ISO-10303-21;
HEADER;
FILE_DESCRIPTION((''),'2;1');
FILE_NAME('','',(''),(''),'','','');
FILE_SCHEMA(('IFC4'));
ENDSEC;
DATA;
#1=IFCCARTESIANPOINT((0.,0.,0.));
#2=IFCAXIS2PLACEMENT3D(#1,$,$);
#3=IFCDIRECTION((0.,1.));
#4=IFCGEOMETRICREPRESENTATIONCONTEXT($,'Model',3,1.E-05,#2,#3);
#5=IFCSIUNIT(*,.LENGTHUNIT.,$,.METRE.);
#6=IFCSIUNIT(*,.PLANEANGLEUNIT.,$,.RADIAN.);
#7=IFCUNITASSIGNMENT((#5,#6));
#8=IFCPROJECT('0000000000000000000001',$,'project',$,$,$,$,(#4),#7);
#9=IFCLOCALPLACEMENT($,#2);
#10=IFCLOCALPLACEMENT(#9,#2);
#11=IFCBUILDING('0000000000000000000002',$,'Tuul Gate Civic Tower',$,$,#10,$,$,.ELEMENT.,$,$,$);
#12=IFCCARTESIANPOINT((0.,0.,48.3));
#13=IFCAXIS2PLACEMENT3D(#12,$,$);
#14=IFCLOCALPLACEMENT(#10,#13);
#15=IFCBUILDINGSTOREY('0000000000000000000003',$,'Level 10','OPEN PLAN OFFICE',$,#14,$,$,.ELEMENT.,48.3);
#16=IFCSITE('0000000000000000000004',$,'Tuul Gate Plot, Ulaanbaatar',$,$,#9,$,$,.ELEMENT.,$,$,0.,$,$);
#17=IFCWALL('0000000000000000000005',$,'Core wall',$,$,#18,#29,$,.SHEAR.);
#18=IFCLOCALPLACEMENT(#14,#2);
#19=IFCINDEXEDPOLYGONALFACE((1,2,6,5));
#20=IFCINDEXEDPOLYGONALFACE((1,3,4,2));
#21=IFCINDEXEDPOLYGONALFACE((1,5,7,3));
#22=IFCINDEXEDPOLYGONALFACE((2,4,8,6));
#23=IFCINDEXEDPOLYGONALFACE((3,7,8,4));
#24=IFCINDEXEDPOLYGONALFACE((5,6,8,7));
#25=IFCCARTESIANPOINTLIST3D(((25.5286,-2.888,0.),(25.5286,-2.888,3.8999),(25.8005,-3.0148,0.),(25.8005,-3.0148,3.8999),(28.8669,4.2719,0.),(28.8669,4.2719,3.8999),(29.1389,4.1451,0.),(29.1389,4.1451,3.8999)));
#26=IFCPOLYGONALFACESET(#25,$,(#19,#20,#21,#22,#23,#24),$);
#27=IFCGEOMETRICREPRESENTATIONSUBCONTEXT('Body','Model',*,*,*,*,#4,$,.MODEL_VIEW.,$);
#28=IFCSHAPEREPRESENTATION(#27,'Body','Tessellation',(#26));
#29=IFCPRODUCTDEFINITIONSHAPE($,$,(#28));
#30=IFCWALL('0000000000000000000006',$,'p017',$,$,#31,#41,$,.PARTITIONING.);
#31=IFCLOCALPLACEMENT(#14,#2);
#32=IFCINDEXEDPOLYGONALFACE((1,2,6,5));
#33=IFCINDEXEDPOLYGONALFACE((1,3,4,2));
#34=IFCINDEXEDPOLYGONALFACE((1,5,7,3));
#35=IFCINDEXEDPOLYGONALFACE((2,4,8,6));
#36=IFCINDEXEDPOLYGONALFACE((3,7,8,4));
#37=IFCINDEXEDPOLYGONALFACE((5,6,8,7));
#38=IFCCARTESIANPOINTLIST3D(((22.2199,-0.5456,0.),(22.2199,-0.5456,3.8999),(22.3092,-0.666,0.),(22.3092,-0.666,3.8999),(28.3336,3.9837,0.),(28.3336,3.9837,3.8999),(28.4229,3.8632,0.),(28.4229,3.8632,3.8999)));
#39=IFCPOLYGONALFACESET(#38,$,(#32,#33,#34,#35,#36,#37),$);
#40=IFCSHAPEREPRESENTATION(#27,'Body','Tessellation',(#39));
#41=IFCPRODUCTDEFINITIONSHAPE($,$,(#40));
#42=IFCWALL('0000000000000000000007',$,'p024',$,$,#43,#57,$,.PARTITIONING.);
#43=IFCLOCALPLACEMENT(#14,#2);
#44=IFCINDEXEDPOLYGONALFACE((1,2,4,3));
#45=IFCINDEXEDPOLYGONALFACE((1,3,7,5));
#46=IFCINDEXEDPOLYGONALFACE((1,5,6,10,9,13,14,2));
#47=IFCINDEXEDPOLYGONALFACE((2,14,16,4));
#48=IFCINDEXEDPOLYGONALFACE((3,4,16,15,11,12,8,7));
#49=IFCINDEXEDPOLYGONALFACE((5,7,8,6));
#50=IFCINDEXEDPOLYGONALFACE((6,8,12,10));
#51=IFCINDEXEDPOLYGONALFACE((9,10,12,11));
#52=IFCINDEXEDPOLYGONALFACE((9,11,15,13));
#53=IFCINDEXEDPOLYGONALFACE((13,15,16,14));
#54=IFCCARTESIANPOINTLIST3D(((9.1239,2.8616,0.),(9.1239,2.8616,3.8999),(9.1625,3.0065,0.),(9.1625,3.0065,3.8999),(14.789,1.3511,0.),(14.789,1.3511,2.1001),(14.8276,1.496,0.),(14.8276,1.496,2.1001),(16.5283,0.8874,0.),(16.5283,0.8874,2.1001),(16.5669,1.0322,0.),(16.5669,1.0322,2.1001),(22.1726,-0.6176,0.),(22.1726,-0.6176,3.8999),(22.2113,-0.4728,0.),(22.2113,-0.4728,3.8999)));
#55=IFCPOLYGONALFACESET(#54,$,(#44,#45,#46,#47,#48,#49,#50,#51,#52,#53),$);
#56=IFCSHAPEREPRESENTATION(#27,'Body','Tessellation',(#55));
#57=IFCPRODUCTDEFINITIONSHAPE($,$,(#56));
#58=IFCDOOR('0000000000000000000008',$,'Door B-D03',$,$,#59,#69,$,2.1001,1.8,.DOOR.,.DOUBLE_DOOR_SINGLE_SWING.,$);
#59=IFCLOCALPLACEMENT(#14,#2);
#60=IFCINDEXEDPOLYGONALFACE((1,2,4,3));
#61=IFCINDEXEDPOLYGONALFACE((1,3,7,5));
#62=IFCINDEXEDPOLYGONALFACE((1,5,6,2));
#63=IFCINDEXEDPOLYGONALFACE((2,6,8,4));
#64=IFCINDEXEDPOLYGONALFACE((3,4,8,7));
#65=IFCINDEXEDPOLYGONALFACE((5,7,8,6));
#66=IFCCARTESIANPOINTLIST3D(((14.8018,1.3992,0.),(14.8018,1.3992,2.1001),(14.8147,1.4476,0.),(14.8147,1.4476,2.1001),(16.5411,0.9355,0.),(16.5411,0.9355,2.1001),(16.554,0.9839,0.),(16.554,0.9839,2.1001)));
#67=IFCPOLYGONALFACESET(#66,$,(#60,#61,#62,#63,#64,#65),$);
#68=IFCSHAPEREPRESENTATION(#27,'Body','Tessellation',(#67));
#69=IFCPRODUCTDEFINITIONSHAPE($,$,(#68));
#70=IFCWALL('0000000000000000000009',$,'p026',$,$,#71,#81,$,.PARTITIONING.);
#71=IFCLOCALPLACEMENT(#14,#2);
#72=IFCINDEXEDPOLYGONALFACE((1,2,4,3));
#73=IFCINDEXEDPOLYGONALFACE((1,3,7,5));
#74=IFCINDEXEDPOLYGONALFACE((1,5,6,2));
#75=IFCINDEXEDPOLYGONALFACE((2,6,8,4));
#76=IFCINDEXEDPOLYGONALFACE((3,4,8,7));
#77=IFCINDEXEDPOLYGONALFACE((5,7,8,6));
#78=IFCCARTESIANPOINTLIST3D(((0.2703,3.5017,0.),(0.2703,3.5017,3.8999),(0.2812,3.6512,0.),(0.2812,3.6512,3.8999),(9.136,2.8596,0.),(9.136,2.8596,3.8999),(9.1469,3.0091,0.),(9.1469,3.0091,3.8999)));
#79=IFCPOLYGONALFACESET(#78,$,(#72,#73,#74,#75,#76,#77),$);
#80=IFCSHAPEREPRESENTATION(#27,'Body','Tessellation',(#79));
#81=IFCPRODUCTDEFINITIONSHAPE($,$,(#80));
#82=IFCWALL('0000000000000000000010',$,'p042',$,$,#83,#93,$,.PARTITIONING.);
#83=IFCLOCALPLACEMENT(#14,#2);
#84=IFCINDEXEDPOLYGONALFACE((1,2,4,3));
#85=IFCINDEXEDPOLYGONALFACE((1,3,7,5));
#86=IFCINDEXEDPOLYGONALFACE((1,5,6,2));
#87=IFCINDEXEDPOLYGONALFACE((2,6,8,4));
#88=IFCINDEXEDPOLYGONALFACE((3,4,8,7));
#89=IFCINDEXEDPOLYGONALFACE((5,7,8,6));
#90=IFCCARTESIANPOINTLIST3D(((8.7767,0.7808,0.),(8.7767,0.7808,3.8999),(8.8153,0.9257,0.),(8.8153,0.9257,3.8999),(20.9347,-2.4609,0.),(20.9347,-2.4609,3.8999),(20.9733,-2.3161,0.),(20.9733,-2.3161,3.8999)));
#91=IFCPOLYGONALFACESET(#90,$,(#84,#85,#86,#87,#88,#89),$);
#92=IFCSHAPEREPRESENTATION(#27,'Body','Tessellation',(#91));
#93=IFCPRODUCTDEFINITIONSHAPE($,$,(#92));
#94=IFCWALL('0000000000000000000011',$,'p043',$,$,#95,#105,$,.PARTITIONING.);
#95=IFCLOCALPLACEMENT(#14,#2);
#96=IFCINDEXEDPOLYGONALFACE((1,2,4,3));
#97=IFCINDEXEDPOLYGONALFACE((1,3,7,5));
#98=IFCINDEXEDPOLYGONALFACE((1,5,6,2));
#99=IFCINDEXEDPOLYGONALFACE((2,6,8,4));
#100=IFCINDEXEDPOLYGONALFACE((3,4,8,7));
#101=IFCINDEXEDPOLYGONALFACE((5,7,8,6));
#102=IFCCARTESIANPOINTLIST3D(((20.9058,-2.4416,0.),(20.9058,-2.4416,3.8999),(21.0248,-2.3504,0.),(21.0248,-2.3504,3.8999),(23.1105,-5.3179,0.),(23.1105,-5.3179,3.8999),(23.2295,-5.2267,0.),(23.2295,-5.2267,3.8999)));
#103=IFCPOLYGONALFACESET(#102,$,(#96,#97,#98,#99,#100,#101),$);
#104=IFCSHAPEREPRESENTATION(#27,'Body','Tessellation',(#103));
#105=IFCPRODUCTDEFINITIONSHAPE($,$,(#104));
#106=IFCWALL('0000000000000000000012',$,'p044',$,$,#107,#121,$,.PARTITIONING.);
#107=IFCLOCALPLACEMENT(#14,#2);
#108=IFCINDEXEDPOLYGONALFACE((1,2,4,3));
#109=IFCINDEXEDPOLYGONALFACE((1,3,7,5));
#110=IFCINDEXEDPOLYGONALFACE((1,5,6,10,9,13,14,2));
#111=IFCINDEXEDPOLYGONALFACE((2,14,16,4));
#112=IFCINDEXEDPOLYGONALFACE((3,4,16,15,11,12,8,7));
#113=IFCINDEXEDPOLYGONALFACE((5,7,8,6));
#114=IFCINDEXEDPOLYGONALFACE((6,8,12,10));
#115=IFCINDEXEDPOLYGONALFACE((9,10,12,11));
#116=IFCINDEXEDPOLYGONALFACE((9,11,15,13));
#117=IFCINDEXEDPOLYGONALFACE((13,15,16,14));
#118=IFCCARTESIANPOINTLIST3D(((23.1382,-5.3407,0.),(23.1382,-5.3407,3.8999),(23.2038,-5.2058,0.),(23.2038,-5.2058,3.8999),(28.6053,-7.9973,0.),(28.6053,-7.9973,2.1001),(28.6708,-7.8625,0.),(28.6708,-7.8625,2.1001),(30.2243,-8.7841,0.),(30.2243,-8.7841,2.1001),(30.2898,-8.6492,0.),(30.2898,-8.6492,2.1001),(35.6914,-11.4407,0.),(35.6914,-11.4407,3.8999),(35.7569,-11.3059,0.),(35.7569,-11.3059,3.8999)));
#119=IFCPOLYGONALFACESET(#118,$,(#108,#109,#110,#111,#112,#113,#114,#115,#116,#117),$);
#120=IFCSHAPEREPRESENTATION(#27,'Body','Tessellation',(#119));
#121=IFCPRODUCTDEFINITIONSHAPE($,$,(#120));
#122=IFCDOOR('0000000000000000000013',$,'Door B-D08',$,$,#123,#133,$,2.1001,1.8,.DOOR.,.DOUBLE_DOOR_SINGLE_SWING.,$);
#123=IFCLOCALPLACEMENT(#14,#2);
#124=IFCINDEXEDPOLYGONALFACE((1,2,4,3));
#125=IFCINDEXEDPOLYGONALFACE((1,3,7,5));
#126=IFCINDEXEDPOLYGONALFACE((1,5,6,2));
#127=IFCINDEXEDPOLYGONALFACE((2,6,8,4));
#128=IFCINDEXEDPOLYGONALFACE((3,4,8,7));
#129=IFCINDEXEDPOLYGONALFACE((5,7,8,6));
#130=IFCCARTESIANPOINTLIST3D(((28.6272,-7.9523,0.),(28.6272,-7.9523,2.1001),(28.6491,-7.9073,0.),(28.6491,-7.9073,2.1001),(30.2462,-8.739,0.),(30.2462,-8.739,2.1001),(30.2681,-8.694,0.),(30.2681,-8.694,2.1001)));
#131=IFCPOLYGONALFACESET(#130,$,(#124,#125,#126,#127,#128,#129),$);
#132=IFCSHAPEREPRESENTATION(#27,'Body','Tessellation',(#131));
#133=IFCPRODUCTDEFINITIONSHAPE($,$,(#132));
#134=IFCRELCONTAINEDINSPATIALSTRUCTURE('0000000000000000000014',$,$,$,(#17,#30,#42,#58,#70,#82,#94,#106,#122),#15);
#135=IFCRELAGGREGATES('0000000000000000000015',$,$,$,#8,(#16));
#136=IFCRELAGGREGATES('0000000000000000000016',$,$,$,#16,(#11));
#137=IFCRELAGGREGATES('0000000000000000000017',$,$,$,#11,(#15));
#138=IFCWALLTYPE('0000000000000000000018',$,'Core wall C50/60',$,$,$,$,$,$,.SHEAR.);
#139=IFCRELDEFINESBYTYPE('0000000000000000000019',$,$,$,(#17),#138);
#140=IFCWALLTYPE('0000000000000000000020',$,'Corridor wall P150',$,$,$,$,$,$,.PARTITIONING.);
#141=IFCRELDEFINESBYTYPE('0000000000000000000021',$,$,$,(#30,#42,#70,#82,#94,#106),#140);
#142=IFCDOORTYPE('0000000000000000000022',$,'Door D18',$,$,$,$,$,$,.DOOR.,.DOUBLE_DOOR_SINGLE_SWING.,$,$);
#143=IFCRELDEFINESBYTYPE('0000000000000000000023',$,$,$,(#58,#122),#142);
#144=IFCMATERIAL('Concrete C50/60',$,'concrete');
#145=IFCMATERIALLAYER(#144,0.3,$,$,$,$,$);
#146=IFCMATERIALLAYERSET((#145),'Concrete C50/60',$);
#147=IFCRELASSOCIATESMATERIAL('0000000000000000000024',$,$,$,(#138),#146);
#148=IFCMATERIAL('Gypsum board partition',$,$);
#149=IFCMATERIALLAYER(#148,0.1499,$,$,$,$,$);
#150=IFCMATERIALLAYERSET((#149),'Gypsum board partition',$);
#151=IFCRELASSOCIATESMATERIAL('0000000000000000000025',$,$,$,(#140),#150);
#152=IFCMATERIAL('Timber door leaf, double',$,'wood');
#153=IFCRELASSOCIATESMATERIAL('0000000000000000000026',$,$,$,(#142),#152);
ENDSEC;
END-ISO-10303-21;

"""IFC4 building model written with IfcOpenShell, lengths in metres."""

from ifc_helpers import new_model, si_unit, direction, frame, frame_2d, origin, place, context, subcontext, project, spatial, rectangle, extrude, material, layer, layer_set, type_object, element, fill, save


model = new_model("IFC4")

# Units and contexts
model_context = context("Model", 3, precision=1e-05, world=origin(), true_north=direction((0.0, 1.0)))
body_context = subcontext(model_context, "Body", "Model", "MODEL_VIEW")
ifc_project = project(units=[si_unit("LENGTHUNIT", "METRE"), si_unit("PLANEANGLEUNIT", "RADIAN")], contexts=[model_context])

# Site, building, storey
site_placement = place(None, origin())
site = spatial("IfcSite", under=ifc_project, at=site_placement, Name="Tuul Gate Plot, Ulaanbaatar", CompositionType="ELEMENT", RefElevation=0.0)
building_placement = place(site_placement, origin())
building = spatial("IfcBuilding", under=site, at=building_placement, Name="Tuul Gate Civic Tower", CompositionType="ELEMENT")
storey_placement = place(building_placement, frame((0.0, 0.0, 48.3)))
storey = spatial("IfcBuildingStorey", under=building, at=storey_placement, Name="Level 10", Description="OPEN PLAN OFFICE", CompositionType="ELEMENT", Elevation=48.3)

# Walls
ifc_material_1 = material(Name="Concrete C50/60", Category="concrete")
ifc_layer_1 = layer(ifc_material_1, 0.3)
ifc_layer_set_1 = layer_set([ifc_layer_1], Name="Concrete C50/60")
wall_type_1 = type_object("IfcWallType", Name="Core wall C50/60", PredefinedType="SHEAR", material=ifc_layer_set_1)
wall_1_placement = place(storey_placement, frame((25.6646, -2.9514, 0.0), z_axis=(0.0, 0.0, 1.0), x_axis=(0.422583, 0.906324, 0.0)))
element("IfcWall", 1, at=wall_1_placement, inside=storey, type_object=wall_type_1, Name="Core wall", PredefinedType="SHEAR", context=body_context, shape_type="SweptSolid", body=[
    extrude(rectangle(XDim=7.8999, YDim=0.3, at=frame_2d((3.95, 0.0))), origin(), (0.0, 0.0, 1.0), 3.8999),
])
ifc_material_2 = material(Name="Gypsum board partition")
ifc_layer_2 = layer(ifc_material_2, 0.1499)
ifc_layer_set_2 = layer_set([ifc_layer_2], Name="Gypsum board partition")
wall_type_2 = type_object("IfcWallType", Name="Corridor wall P150", PredefinedType="PARTITIONING", material=ifc_layer_set_2)
wall_2_placement = place(storey_placement, frame((22.2646, -0.6057, 0.0), z_axis=(0.0, 0.0, 1.0), x_axis=(0.803521, 0.595277, 0.0)))
element("IfcWall", 2, at=wall_2_placement, inside=storey, type_object=wall_type_2, Name="p017", PredefinedType="PARTITIONING", context=body_context, shape_type="SweptSolid", body=[
    extrude(rectangle(XDim=7.6086, YDim=0.1499, at=frame_2d((3.8042, 0.0))), origin(), (0.0, 0.0, 1.0), 3.8999),
])

# Wall, opening, door
wall_3_placement = place(storey_placement, frame((9.1431, 2.9341, 0.0), z_axis=(0.0, 0.0, 1.0), x_axis=(0.966243, -0.257632, 0.0)))
wall_3 = element("IfcWall", 3, at=wall_3_placement, inside=storey, type_object=wall_type_2, Name="p024", PredefinedType="PARTITIONING", context=body_context, shape_type="SweptSolid", body=[
    extrude(rectangle(XDim=13.5046, YDim=0.1499, at=frame_2d((6.7524, 0.0))), origin(), (0.0, 0.0, 1.0), 3.8999),
])
opening_1_placement = place(wall_3_placement, frame((5.8633, 0.0, 0.0)))
opening_1 = element("IfcOpeningElement", 4, at=opening_1_placement, cuts=wall_3, PredefinedType="OPENING", context=body_context, shape_type="SweptSolid", body=[
    extrude(rectangle(XDim=1.8, YDim=2.1001, at=frame_2d((0.8999, 1.05))), frame((0.0, 0.085, 0.0), z_axis=(0.0, -1.0, 0.0), x_axis=(1.0, 0.0, 0.0)), (0.0, 0.0, 1.0), 0.1699),
])
ifc_material_3 = material(Name="Timber door leaf, double", Category="wood")
door_type = type_object("IfcDoorType", Name="Door D18", OperationType="DOUBLE_DOOR_SINGLE_SWING", PredefinedType="DOOR", material=ifc_material_3)
door_1_placement = place(opening_1_placement, origin())
door_1 = element("IfcDoor", 5, at=door_1_placement, inside=storey, type_object=door_type, Name="Door B-D03", OperationType="DOUBLE_DOOR_SINGLE_SWING", OverallHeight=2.1001, OverallWidth=1.8, PredefinedType="DOOR", context=body_context, shape_type="SweptSolid", body=[
    extrude(rectangle(XDim=1.8, YDim=2.1001, at=frame_2d((0.8999, 1.05))), frame((0.0, 0.0249, 0.0), z_axis=(0.0, -1.0, 0.0), x_axis=(1.0, 0.0, 0.0)), (0.0, 0.0, 1.0), 0.05),
])
fill(opening_1, door_1)

# Walls
wall_4_placement = place(storey_placement, frame((0.2759, 3.5764, 0.0), z_axis=(0.0, 0.0, 1.0), x_axis=(0.997388, -0.072235, 0.0)))
element("IfcWall", 6, at=wall_4_placement, inside=storey, type_object=wall_type_2, Name="p026", PredefinedType="PARTITIONING", context=body_context, shape_type="SweptSolid", body=[
    extrude(rectangle(XDim=8.8889, YDim=0.1499, at=frame_2d((4.4443, 0.0))), origin(), (0.0, 0.0, 1.0), 3.8999),
])
wall_5_placement = place(storey_placement, frame((8.7959, 0.8533, 0.0), z_axis=(0.0, 0.0, 1.0), x_axis=(0.966243, -0.257631, 0.0)))
element("IfcWall", 7, at=wall_5_placement, inside=storey, type_object=wall_type_2, Name="p042", PredefinedType="PARTITIONING", context=body_context, shape_type="SweptSolid", body=[
    extrude(rectangle(XDim=12.5828, YDim=0.1499, at=frame_2d((6.2915, 0.0))), origin(), (0.0, 0.0, 1.0), 3.8999),
])
wall_6_placement = place(storey_placement, frame((20.9653, -2.396, 0.0), z_axis=(0.0, 0.0, 1.0), x_axis=(0.608342, -0.793675, 0.0)))
element("IfcWall", 8, at=wall_6_placement, inside=storey, type_object=wall_type_2, Name="p043", PredefinedType="PARTITIONING", context=body_context, shape_type="SweptSolid", body=[
    extrude(rectangle(XDim=3.624, YDim=0.1499, at=frame_2d((1.812, 0.0))), origin(), (0.0, 0.0, 1.0), 3.8999),
])

# Wall, opening, door
wall_7_placement = place(storey_placement, frame((23.1709, -5.2732, 0.0), z_axis=(0.0, 0.0, 1.0), x_axis=(0.899429, -0.437067, 0.0)))
wall_7 = element("IfcWall", 9, at=wall_7_placement, inside=storey, type_object=wall_type_2, Name="p044", PredefinedType="PARTITIONING", context=body_context, shape_type="SweptSolid", body=[
    extrude(rectangle(XDim=13.9568, YDim=0.1499, at=frame_2d((6.9785, 0.0))), origin(), (0.0, 0.0, 1.0), 3.8999),
])
opening_2_placement = place(wall_7_placement, frame((6.0786, 0.0, 0.0)))
opening_2 = element("IfcOpeningElement", 10, at=opening_2_placement, cuts=wall_7, PredefinedType="OPENING", context=body_context, shape_type="SweptSolid", body=[
    extrude(rectangle(XDim=1.8, YDim=2.1001, at=frame_2d((0.8999, 1.05))), frame((0.0, 0.085, 0.0), z_axis=(0.0, -1.0, 0.0), x_axis=(1.0, 0.0, 0.0)), (0.0, 0.0, 1.0), 0.1699),
])
door_2_placement = place(opening_2_placement, frame((1.8, 0.0, 0.0), z_axis=(0.0, 0.0, 1.0), x_axis=(-1.0, 0.0, 0.0)))
door_2 = element("IfcDoor", 11, at=door_2_placement, inside=storey, type_object=door_type, Name="Door B-D08", OperationType="DOUBLE_DOOR_SINGLE_SWING", OverallHeight=2.1001, OverallWidth=1.8, PredefinedType="DOOR", context=body_context, shape_type="SweptSolid", body=[
    extrude(rectangle(XDim=1.8, YDim=2.1001, at=frame_2d((0.9001, 1.05))), frame((0.0, 0.0249, 0.0), z_axis=(0.0, -1.0, 0.0), x_axis=(1.0, 0.0, 0.0)), (0.0, 0.0, 1.0), 0.05),
])
fill(opening_2, door_2)

save(model, "model.ifc")
